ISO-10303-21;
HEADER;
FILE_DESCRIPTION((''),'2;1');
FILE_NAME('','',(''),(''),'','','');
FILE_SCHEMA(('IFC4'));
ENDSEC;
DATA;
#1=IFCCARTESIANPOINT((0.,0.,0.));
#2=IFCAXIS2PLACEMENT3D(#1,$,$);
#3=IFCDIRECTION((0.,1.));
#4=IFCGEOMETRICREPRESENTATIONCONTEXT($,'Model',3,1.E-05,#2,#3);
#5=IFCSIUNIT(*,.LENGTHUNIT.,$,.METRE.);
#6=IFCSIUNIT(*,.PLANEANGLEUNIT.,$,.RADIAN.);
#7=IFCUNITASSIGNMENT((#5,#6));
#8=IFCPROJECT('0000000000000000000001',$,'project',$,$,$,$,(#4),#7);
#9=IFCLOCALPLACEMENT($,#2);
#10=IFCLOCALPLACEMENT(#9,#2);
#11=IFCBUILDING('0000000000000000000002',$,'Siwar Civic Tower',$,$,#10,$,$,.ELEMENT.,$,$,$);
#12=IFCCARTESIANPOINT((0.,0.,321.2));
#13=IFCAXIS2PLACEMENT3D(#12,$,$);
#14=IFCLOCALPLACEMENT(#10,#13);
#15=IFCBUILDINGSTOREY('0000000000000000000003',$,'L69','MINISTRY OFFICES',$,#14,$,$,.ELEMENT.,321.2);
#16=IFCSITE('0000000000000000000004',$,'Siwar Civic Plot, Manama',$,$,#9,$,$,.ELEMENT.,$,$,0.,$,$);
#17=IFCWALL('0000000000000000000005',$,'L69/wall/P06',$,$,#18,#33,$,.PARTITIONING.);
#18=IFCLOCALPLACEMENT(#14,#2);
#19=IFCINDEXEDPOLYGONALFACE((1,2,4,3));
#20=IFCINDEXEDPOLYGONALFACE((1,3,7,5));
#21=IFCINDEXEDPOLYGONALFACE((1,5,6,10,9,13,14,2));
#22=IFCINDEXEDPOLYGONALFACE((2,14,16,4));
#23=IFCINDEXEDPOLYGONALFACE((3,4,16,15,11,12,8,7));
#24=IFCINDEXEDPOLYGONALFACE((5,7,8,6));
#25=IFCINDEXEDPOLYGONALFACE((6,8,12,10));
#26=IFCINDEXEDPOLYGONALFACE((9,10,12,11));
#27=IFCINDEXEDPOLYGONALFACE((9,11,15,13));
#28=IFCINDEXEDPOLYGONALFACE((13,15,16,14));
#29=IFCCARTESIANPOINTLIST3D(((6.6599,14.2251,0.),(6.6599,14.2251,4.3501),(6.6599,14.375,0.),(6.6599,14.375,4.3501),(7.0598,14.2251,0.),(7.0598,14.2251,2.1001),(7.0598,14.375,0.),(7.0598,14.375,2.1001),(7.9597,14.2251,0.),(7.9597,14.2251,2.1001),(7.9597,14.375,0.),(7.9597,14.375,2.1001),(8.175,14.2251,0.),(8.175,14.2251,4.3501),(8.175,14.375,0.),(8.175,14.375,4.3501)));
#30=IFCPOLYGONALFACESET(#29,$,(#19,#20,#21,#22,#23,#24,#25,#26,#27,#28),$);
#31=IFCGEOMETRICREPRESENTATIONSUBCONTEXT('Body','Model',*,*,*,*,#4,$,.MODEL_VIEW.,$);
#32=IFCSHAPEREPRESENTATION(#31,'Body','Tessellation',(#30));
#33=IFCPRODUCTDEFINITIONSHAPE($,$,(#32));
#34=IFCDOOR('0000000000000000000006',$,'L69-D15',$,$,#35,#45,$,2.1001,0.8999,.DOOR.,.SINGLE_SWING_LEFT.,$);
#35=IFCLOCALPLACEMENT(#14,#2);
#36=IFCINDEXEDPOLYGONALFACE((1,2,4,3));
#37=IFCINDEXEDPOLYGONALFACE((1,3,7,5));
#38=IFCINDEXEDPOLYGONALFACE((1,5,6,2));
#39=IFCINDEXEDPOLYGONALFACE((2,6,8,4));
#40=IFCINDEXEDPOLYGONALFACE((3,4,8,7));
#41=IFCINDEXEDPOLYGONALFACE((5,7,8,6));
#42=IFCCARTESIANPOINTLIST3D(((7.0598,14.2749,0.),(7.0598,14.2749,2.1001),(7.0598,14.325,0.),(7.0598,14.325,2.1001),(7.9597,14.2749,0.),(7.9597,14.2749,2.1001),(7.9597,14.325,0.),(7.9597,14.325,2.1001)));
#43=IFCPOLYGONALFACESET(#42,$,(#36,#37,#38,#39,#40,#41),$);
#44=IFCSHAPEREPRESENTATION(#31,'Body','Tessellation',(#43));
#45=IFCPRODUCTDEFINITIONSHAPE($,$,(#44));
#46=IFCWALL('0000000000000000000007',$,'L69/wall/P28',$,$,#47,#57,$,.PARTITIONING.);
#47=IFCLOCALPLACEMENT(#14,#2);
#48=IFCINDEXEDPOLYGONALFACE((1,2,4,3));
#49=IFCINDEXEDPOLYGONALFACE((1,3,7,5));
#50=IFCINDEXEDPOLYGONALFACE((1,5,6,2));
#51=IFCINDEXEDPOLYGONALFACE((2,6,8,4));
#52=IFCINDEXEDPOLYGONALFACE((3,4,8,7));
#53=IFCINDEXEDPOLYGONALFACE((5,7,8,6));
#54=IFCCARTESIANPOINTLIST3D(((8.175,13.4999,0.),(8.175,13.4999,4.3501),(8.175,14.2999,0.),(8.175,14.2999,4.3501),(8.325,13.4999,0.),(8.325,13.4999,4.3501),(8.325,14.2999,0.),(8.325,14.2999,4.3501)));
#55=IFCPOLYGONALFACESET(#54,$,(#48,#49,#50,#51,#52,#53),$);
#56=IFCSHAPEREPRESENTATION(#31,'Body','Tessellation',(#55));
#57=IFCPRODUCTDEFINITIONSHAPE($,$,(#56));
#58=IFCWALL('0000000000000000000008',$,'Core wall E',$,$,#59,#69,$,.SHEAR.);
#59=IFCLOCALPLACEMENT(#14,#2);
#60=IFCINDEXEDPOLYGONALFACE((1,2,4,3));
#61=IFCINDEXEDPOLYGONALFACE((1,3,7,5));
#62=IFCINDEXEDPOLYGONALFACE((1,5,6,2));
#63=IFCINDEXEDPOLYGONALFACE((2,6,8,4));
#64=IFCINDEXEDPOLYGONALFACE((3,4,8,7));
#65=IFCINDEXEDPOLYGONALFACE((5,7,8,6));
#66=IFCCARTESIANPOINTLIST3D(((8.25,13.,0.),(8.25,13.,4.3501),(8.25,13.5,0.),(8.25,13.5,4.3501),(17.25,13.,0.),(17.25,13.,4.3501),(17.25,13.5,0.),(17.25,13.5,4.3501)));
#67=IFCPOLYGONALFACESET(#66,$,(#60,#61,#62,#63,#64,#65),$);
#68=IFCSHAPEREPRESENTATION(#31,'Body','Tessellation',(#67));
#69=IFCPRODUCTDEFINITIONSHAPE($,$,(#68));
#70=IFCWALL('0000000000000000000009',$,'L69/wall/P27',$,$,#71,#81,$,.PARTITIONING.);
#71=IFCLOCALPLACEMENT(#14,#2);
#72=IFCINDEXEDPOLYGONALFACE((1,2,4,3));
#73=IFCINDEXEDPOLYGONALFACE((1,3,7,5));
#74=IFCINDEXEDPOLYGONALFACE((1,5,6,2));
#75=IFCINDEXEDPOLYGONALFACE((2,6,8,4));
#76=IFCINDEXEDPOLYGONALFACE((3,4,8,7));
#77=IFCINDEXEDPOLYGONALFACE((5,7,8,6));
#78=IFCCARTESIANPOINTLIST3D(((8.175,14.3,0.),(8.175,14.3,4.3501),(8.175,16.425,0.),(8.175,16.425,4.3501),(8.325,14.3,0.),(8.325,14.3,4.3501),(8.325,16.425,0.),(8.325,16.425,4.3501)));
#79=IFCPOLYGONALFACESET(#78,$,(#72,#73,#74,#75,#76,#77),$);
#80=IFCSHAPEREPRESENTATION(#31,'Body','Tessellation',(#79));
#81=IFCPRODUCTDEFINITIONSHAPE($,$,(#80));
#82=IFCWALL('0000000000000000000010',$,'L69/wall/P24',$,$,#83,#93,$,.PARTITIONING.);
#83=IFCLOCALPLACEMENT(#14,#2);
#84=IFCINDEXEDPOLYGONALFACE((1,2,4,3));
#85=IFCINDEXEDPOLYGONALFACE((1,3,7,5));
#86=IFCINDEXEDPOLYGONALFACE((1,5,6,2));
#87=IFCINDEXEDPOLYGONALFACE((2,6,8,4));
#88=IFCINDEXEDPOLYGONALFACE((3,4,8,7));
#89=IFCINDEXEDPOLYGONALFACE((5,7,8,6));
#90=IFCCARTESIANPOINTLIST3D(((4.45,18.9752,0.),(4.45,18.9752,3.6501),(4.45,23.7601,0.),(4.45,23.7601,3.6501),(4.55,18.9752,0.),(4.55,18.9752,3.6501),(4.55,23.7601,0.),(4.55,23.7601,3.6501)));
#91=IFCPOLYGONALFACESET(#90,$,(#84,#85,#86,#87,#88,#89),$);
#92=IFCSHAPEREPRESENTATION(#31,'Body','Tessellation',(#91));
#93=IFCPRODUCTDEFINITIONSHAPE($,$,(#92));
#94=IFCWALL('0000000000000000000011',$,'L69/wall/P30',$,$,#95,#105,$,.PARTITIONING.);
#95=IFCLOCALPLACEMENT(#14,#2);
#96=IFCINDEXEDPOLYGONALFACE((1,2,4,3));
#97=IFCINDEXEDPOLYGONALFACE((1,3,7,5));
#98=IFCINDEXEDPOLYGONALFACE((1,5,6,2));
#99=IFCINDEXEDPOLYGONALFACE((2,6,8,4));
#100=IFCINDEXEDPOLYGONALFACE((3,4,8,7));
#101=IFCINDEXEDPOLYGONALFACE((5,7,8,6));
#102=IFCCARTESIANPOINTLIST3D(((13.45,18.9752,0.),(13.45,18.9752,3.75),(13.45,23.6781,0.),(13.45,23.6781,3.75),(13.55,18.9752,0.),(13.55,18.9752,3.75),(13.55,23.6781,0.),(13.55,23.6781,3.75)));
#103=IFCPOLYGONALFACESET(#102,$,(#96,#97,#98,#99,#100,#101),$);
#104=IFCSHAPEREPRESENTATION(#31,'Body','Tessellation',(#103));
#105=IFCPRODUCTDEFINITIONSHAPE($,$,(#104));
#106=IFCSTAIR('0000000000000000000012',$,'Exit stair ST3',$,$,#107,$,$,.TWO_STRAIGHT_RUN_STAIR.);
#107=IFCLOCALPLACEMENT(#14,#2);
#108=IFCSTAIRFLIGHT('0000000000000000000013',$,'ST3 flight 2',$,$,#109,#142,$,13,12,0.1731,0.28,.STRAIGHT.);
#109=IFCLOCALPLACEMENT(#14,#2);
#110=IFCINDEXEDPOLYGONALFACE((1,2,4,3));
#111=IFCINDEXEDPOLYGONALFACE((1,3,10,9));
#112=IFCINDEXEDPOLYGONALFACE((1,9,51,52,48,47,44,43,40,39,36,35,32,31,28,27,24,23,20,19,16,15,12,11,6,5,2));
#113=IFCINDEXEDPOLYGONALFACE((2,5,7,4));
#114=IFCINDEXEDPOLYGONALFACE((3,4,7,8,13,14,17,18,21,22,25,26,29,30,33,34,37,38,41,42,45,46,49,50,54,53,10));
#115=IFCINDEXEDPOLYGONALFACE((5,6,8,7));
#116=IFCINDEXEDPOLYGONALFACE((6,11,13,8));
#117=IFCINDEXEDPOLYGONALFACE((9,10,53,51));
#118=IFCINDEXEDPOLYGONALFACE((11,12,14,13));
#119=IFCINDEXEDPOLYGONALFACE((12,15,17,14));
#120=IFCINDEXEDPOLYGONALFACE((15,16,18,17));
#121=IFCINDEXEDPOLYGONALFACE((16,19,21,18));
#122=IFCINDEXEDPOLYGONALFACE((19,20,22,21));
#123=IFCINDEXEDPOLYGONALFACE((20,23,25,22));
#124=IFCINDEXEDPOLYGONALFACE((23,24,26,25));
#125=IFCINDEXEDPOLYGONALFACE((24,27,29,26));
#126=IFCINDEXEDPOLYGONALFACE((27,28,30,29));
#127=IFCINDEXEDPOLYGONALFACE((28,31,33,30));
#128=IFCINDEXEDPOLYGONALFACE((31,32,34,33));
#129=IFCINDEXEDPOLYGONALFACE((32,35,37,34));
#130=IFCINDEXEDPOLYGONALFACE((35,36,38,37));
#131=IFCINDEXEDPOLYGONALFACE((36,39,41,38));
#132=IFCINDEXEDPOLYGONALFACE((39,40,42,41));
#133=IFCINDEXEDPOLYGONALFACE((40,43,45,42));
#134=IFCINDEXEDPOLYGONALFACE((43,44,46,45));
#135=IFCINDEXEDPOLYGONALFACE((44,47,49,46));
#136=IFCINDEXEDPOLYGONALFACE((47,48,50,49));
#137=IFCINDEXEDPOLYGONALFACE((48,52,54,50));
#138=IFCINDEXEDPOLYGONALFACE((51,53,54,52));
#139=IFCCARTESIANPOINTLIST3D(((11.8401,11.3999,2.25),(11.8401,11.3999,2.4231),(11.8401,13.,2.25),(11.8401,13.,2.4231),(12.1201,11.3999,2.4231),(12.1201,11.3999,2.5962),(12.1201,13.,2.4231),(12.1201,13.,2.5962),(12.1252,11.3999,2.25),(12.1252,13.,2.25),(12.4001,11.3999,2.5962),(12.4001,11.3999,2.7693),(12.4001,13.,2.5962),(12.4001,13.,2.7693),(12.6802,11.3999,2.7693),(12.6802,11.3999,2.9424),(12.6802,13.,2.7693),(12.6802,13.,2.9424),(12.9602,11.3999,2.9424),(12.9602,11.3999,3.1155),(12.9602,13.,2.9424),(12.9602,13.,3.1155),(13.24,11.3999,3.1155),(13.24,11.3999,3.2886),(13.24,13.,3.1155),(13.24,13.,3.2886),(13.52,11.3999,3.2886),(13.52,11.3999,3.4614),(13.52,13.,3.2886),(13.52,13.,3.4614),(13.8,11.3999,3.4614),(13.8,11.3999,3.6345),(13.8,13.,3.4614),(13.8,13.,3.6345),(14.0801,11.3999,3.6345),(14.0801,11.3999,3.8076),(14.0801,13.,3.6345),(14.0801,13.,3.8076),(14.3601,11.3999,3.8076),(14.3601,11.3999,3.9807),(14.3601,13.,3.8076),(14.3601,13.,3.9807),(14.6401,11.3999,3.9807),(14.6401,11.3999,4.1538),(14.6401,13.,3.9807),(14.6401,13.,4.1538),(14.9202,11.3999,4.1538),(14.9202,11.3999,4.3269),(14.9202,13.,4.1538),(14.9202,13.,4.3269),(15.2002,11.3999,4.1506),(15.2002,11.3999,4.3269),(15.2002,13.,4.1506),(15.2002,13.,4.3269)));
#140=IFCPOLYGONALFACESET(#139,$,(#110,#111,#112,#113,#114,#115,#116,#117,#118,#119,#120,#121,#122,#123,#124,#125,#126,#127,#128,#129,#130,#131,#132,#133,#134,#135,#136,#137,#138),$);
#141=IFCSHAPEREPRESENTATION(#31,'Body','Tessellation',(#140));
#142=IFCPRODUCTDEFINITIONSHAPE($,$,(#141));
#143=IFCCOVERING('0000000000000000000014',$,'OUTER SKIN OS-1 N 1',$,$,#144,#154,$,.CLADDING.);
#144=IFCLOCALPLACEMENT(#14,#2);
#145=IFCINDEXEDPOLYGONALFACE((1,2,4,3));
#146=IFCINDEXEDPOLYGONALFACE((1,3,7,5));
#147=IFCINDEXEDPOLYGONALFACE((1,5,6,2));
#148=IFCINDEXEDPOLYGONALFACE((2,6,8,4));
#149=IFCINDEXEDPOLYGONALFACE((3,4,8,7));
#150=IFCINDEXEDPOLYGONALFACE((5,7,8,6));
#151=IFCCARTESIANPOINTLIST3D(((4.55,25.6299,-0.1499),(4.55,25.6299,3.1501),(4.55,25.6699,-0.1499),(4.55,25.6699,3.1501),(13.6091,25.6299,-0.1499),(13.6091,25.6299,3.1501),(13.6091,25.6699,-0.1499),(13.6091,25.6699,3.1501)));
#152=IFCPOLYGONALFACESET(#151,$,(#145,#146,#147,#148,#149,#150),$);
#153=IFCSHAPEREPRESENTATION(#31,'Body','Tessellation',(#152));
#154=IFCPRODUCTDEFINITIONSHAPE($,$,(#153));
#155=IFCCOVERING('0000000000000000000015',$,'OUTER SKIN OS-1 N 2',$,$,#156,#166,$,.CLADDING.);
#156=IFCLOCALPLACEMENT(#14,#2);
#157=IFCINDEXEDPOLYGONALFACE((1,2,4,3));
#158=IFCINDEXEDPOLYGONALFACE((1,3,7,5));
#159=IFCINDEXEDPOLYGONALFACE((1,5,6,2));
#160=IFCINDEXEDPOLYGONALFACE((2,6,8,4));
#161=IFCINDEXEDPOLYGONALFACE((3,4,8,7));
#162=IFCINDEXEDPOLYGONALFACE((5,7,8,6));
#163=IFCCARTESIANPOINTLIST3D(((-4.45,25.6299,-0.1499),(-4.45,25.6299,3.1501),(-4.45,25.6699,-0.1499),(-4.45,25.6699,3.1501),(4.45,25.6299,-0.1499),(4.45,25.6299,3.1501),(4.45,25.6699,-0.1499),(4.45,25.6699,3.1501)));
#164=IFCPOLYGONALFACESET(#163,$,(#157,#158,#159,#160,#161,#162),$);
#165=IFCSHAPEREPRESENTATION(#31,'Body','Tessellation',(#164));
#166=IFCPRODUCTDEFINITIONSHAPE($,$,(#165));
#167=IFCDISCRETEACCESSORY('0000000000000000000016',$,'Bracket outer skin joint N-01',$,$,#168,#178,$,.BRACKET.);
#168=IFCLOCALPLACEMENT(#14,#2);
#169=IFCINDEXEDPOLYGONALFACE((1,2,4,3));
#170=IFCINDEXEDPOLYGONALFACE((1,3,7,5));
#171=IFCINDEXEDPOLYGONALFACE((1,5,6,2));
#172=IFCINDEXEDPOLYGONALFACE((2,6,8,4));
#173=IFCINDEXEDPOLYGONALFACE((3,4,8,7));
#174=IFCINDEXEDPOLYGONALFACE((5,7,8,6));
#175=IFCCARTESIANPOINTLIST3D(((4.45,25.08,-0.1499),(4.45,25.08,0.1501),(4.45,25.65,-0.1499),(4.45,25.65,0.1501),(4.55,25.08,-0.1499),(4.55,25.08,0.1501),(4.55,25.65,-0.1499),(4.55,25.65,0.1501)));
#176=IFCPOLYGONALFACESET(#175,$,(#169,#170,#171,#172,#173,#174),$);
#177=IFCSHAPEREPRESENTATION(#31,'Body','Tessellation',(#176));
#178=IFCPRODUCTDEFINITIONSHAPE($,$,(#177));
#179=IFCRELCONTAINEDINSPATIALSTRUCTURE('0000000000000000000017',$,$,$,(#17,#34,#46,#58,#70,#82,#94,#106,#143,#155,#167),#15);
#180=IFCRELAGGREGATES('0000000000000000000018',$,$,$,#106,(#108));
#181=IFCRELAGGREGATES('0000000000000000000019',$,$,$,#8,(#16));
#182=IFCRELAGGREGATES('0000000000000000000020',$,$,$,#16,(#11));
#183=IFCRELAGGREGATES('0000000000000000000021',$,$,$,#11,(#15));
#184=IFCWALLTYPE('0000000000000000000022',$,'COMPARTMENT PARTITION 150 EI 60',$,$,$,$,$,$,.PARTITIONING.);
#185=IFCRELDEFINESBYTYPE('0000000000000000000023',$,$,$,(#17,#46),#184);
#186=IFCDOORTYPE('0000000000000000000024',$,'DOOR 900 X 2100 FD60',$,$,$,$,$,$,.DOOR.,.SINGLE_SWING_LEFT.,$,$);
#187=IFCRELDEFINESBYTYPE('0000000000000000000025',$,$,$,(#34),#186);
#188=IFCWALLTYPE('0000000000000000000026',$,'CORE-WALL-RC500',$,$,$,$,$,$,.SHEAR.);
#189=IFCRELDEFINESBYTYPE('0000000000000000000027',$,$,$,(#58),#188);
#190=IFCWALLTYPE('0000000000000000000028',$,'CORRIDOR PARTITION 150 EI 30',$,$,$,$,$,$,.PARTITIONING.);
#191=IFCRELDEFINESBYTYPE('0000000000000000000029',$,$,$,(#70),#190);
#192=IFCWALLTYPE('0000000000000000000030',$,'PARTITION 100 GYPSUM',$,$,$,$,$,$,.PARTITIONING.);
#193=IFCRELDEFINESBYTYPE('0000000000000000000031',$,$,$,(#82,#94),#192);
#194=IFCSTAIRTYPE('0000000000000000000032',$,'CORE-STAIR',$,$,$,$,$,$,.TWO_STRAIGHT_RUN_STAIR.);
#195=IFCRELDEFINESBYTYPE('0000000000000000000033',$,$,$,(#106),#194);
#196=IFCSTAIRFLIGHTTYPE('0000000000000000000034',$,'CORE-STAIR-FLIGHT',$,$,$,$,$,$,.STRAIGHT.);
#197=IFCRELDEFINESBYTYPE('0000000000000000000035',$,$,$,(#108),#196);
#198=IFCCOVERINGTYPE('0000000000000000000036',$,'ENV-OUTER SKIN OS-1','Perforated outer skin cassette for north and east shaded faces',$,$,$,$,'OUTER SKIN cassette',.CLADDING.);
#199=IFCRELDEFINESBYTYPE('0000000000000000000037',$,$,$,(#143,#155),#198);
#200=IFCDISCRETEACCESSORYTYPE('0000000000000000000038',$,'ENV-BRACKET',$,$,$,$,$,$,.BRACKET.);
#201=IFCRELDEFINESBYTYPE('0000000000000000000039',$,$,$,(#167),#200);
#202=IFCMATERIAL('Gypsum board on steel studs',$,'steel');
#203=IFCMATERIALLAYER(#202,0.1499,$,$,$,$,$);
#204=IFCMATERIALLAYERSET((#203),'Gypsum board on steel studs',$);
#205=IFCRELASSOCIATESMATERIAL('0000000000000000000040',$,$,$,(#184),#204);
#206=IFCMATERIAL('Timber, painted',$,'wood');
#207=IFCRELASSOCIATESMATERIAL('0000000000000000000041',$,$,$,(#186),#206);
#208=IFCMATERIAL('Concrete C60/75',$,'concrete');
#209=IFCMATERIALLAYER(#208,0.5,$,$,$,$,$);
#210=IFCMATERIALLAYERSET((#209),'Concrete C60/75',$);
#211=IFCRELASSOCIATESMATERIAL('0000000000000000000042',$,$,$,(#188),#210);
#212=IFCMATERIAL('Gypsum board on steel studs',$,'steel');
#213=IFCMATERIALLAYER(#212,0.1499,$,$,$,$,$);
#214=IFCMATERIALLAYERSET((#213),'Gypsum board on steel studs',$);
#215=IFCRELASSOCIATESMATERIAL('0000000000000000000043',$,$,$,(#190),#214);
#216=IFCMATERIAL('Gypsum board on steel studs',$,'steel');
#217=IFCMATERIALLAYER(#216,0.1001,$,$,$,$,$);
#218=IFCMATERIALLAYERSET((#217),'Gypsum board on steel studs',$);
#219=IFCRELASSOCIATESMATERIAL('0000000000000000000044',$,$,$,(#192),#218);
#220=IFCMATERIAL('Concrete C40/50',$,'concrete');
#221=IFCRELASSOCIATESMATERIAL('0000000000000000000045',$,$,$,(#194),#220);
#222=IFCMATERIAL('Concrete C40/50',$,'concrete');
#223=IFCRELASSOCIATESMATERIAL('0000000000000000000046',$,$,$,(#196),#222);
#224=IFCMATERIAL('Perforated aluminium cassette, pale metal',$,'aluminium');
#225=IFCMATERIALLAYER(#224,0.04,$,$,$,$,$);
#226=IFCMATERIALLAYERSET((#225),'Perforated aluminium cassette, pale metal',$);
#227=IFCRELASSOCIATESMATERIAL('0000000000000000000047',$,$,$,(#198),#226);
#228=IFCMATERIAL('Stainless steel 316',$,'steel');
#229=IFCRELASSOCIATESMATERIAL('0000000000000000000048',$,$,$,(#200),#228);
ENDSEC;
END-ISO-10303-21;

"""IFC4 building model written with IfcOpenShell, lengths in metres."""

from ifc_helpers import new_model, si_unit, direction, frame, frame_2d, origin, origin_2d, place, context, subcontext, project, spatial, polyline, rectangle, outline, extrude, material, layer, layer_set, type_object, element, fill, aggregate, save


model = new_model("IFC4")

# Units and contexts
model_context = context("Model", 3, precision=1e-05, world=origin(), true_north=direction((0.0, 1.0)))
body_context = subcontext(model_context, "Body", "Model", "MODEL_VIEW")
ifc_project = project(units=[si_unit("LENGTHUNIT", "METRE"), si_unit("PLANEANGLEUNIT", "RADIAN")], contexts=[model_context])

# Site, building, storey
site_placement = place(None, origin())
site = spatial("IfcSite", under=ifc_project, at=site_placement, Name="Siwar Civic Plot, Manama", CompositionType="ELEMENT", RefElevation=0.0)
building_placement = place(site_placement, origin())
building = spatial("IfcBuilding", under=site, at=building_placement, Name="Siwar Civic Tower", CompositionType="ELEMENT")
storey_placement = place(building_placement, frame((0.0, 0.0, 321.2)))
storey = spatial("IfcBuildingStorey", under=building, at=storey_placement, Name="L69", Description="MINISTRY OFFICES", CompositionType="ELEMENT", Elevation=321.2)

# Wall, opening, door
ifc_material_1 = material(Name="Gypsum board on steel studs", Category="steel")
ifc_layer_1 = layer(ifc_material_1, 0.1499)
ifc_layer_set_1 = layer_set([ifc_layer_1], Name="Gypsum board on steel studs")
wall_type_1 = type_object("IfcWallType", Name="COMPARTMENT PARTITION 150 EI 60", PredefinedType="PARTITIONING", material=ifc_layer_set_1)
wall_1_placement = place(storey_placement, frame((6.6599, 14.3, 0.0), z_axis=(0.0, 0.0, 1.0), x_axis=(1.0, 0.0, 0.0)))
wall_1 = element("IfcWall", 1, at=wall_1_placement, inside=storey, type_object=wall_type_1, Name="L69/wall/P06", PredefinedType="PARTITIONING", context=body_context, shape_type="SweptSolid", body=[
    extrude(rectangle(XDim=1.5151, YDim=0.1499, at=frame_2d((0.7576, 0.0))), origin(), (0.0, 0.0, 1.0), 4.3501),
])
opening_placement = place(wall_1_placement, frame((0.3999, 0.0, 0.0)))
opening = element("IfcOpeningElement", 2, at=opening_placement, cuts=wall_1, PredefinedType="OPENING", context=body_context, shape_type="SweptSolid", body=[
    extrude(rectangle(XDim=0.8999, YDim=2.1001, at=frame_2d((0.45, 1.05))), frame((0.0, 0.085, 0.0), z_axis=(0.0, -1.0, 0.0), x_axis=(1.0, 0.0, 0.0)), (0.0, 0.0, 1.0), 0.1699),
])
ifc_material_2 = material(Name="Timber, painted", Category="wood")
door_type = type_object("IfcDoorType", Name="DOOR 900 X 2100 FD60", OperationType="SINGLE_SWING_LEFT", PredefinedType="DOOR", material=ifc_material_2)
door_placement = place(opening_placement, origin())
door = element("IfcDoor", 3, at=door_placement, inside=storey, type_object=door_type, Name="L69-D15", OperationType="SINGLE_SWING_LEFT", OverallHeight=2.1001, OverallWidth=0.8999, PredefinedType="DOOR", context=body_context, shape_type="SweptSolid", body=[
    extrude(rectangle(XDim=0.8999, YDim=2.1001, at=frame_2d((0.45, 1.05))), frame((0.0, 0.0249, 0.0), z_axis=(0.0, -1.0, 0.0), x_axis=(1.0, 0.0, 0.0)), (0.0, 0.0, 1.0), 0.05),
])
fill(opening, door)

# Walls
wall_2_placement = place(storey_placement, frame((8.25, 13.5, 0.0), z_axis=(0.0, 0.0, 1.0), x_axis=(0.0, 1.0, 0.0)))
element("IfcWall", 4, at=wall_2_placement, inside=storey, type_object=wall_type_1, Name="L69/wall/P28", PredefinedType="PARTITIONING", context=body_context, shape_type="SweptSolid", body=[
    extrude(rectangle(XDim=0.8, YDim=0.1499, at=frame_2d((0.3999, 0.0))), origin(), (0.0, 0.0, 1.0), 4.3501),
])
ifc_material_3 = material(Name="Concrete C60/75", Category="concrete")
ifc_layer_2 = layer(ifc_material_3, 0.5)
ifc_layer_set_2 = layer_set([ifc_layer_2], Name="Concrete C60/75")
wall_type_2 = type_object("IfcWallType", Name="CORE-WALL-RC500", PredefinedType="SHEAR", material=ifc_layer_set_2)
wall_3_placement = place(storey_placement, frame((8.25, 13.25, 0.0), z_axis=(0.0, 0.0, 1.0), x_axis=(1.0, 0.0, 0.0)))
element("IfcWall", 5, at=wall_3_placement, inside=storey, type_object=wall_type_2, Name="Core wall E", PredefinedType="SHEAR", context=body_context, shape_type="SweptSolid", body=[
    extrude(rectangle(XDim=9.0, YDim=0.5, at=frame_2d((4.5, 0.0))), origin(), (0.0, 0.0, 1.0), 4.3501),
])
ifc_material_4 = material(Name="Gypsum board on steel studs", Category="steel")
ifc_layer_3 = layer(ifc_material_4, 0.1499)
ifc_layer_set_3 = layer_set([ifc_layer_3], Name="Gypsum board on steel studs")
wall_type_3 = type_object("IfcWallType", Name="CORRIDOR PARTITION 150 EI 30", PredefinedType="PARTITIONING", material=ifc_layer_set_3)
wall_4_placement = place(storey_placement, frame((8.25, 14.3, 0.0), z_axis=(0.0, 0.0, 1.0), x_axis=(0.0, 1.0, 0.0)))
element("IfcWall", 6, at=wall_4_placement, inside=storey, type_object=wall_type_3, Name="L69/wall/P27", PredefinedType="PARTITIONING", context=body_context, shape_type="SweptSolid", body=[
    extrude(rectangle(XDim=2.125, YDim=0.1499, at=frame_2d((1.0625, 0.0))), origin(), (0.0, 0.0, 1.0), 4.3501),
])
ifc_material_5 = material(Name="Gypsum board on steel studs", Category="steel")
ifc_layer_4 = layer(ifc_material_5, 0.1001)
ifc_layer_set_4 = layer_set([ifc_layer_4], Name="Gypsum board on steel studs")
wall_type_4 = type_object("IfcWallType", Name="PARTITION 100 GYPSUM", PredefinedType="PARTITIONING", material=ifc_layer_set_4)
wall_5_placement = place(storey_placement, frame((4.5, 18.9751, 0.0), z_axis=(0.0, 0.0, 1.0), x_axis=(0.0, 1.0, 0.0)))
element("IfcWall", 7, at=wall_5_placement, inside=storey, type_object=wall_type_4, Name="L69/wall/P24", PredefinedType="PARTITIONING", context=body_context, shape_type="SweptSolid", body=[
    extrude(rectangle(XDim=4.7849, YDim=0.1001, at=frame_2d((2.3926, 0.0))), origin(), (0.0, 0.0, 1.0), 3.6501),
])
wall_6_placement = place(storey_placement, frame((13.5, 18.9751, 0.0), z_axis=(0.0, 0.0, 1.0), x_axis=(0.0, 1.0, 0.0)))
element("IfcWall", 8, at=wall_6_placement, inside=storey, type_object=wall_type_4, Name="L69/wall/P30", PredefinedType="PARTITIONING", context=body_context, shape_type="SweptSolid", body=[
    extrude(rectangle(XDim=4.7029, YDim=0.1001, at=frame_2d((2.3516, 0.0))), origin(), (0.0, 0.0, 1.0), 3.75),
])

# Stair, stair flight
ifc_material_6 = material(Name="Concrete C40/50", Category="concrete")
stair_type = type_object("IfcStairType", Name="CORE-STAIR", PredefinedType="TWO_STRAIGHT_RUN_STAIR", material=ifc_material_6)
stair_placement = place(storey_placement, origin())
stair = element("IfcStair", 9, at=stair_placement, inside=storey, type_object=stair_type, Name="Exit stair ST3", PredefinedType="TWO_STRAIGHT_RUN_STAIR")
ifc_material_7 = material(Name="Concrete C40/50", Category="concrete")
stair_flight_type = type_object("IfcStairFlightType", Name="CORE-STAIR-FLIGHT", PredefinedType="STRAIGHT", material=ifc_material_7)
stair_flight_placement = place(storey_placement, frame((11.8401, 12.2, 2.25), z_axis=(0.0, 0.0, 1.0), x_axis=(1.0, 0.0, 0.0)))
stair_flight = element("IfcStairFlight", 10, at=stair_flight_placement, type_object=stair_flight_type, Name="ST3 flight 2", NumberOfRisers=13, NumberOfTreads=12, PredefinedType="STRAIGHT", RiserHeight=0.1731, TreadLength=0.28, context=body_context, shape_type="SweptSolid", body=[
    extrude(outline(polyline([(0.0, 0.0), (0.0, 0.1731), (0.28, 0.1731), (0.28, 0.3462), (0.5601, 0.3462), (0.5601, 0.5193), (0.8401, 0.5193), (0.8401, 0.6924), (1.1201, 0.6924), (1.1201, 0.8655), (1.3999, 0.8655), (1.3999, 1.0386), (1.6799, 1.0386), (1.6799, 1.2114), (1.96, 1.2114), (1.96, 1.3845), (2.24, 1.3845), (2.24, 1.5576), (2.52, 1.5576), (2.52, 1.7307), (2.8, 1.7307), (2.8, 1.9038), (3.0801, 1.9038), (3.0801, 2.0769), (3.3601, 2.0769), (3.3601, 2.25), (3.3601, 1.9006), (0.2852, 0.0), (0.0, 0.0)])), frame((0.0, 0.8, 0.0), z_axis=(0.0, -1.0, 0.0), x_axis=(1.0, 0.0, 0.0)), (0.0, 0.0, 1.0), 1.6001),
])
aggregate(stair, [stair_flight])

# Coverings
ifc_material_8 = material(Name="Perforated aluminium cassette, pale metal", Category="aluminium")
ifc_layer_5 = layer(ifc_material_8, 0.04)
ifc_layer_set_5 = layer_set([ifc_layer_5], Name="Perforated aluminium cassette, pale metal")
covering_type = type_object("IfcCoveringType", Name="ENV-OUTER SKIN OS-1", Description="Perforated outer skin cassette for north and east shaded faces", ElementType="OUTER SKIN cassette", PredefinedType="CLADDING", material=ifc_layer_set_5)
covering_1_placement = place(storey_placement, frame((9.0796, 25.6499, -0.1499), z_axis=(0.0, 0.0, 1.0), x_axis=(-1.0, 0.0, 0.0)))
element("IfcCovering", 11, at=covering_1_placement, inside=storey, type_object=covering_type, Name="OUTER SKIN OS-1 N 1", PredefinedType="CLADDING", context=body_context, shape_type="SweptSolid", body=[
    extrude(rectangle(XDim=9.0591, YDim=0.04, at=origin_2d()), origin(), (0.0, 0.0, 1.0), 3.3),
])
covering_2_placement = place(storey_placement, frame((0.0, 25.6499, -0.1499), z_axis=(0.0, 0.0, 1.0), x_axis=(-1.0, 0.0, 0.0)))
element("IfcCovering", 12, at=covering_2_placement, inside=storey, type_object=covering_type, Name="OUTER SKIN OS-1 N 2", PredefinedType="CLADDING", context=body_context, shape_type="SweptSolid", body=[
    extrude(rectangle(XDim=8.8999, YDim=0.04, at=origin_2d()), origin(), (0.0, 0.0, 1.0), 3.3),
])

# Discrete accessory
ifc_material_9 = material(Name="Stainless steel 316", Category="steel")
discrete_accessory_type = type_object("IfcDiscreteAccessoryType", Name="ENV-BRACKET", PredefinedType="BRACKET", material=ifc_material_9)
discrete_accessory_placement = place(storey_placement, frame((4.5, 25.365, -0.1499), z_axis=(0.0, 0.0, 1.0), x_axis=(0.0, 1.0, 0.0)))
element("IfcDiscreteAccessory", 13, at=discrete_accessory_placement, inside=storey, type_object=discrete_accessory_type, Name="Bracket outer skin joint N-01", PredefinedType="BRACKET", context=body_context, shape_type="SweptSolid", body=[
    extrude(rectangle(XDim=0.5701, YDim=0.1001, at=origin_2d()), origin(), (0.0, 0.0, 1.0), 0.3),
])

save(model, "model.ifc")
